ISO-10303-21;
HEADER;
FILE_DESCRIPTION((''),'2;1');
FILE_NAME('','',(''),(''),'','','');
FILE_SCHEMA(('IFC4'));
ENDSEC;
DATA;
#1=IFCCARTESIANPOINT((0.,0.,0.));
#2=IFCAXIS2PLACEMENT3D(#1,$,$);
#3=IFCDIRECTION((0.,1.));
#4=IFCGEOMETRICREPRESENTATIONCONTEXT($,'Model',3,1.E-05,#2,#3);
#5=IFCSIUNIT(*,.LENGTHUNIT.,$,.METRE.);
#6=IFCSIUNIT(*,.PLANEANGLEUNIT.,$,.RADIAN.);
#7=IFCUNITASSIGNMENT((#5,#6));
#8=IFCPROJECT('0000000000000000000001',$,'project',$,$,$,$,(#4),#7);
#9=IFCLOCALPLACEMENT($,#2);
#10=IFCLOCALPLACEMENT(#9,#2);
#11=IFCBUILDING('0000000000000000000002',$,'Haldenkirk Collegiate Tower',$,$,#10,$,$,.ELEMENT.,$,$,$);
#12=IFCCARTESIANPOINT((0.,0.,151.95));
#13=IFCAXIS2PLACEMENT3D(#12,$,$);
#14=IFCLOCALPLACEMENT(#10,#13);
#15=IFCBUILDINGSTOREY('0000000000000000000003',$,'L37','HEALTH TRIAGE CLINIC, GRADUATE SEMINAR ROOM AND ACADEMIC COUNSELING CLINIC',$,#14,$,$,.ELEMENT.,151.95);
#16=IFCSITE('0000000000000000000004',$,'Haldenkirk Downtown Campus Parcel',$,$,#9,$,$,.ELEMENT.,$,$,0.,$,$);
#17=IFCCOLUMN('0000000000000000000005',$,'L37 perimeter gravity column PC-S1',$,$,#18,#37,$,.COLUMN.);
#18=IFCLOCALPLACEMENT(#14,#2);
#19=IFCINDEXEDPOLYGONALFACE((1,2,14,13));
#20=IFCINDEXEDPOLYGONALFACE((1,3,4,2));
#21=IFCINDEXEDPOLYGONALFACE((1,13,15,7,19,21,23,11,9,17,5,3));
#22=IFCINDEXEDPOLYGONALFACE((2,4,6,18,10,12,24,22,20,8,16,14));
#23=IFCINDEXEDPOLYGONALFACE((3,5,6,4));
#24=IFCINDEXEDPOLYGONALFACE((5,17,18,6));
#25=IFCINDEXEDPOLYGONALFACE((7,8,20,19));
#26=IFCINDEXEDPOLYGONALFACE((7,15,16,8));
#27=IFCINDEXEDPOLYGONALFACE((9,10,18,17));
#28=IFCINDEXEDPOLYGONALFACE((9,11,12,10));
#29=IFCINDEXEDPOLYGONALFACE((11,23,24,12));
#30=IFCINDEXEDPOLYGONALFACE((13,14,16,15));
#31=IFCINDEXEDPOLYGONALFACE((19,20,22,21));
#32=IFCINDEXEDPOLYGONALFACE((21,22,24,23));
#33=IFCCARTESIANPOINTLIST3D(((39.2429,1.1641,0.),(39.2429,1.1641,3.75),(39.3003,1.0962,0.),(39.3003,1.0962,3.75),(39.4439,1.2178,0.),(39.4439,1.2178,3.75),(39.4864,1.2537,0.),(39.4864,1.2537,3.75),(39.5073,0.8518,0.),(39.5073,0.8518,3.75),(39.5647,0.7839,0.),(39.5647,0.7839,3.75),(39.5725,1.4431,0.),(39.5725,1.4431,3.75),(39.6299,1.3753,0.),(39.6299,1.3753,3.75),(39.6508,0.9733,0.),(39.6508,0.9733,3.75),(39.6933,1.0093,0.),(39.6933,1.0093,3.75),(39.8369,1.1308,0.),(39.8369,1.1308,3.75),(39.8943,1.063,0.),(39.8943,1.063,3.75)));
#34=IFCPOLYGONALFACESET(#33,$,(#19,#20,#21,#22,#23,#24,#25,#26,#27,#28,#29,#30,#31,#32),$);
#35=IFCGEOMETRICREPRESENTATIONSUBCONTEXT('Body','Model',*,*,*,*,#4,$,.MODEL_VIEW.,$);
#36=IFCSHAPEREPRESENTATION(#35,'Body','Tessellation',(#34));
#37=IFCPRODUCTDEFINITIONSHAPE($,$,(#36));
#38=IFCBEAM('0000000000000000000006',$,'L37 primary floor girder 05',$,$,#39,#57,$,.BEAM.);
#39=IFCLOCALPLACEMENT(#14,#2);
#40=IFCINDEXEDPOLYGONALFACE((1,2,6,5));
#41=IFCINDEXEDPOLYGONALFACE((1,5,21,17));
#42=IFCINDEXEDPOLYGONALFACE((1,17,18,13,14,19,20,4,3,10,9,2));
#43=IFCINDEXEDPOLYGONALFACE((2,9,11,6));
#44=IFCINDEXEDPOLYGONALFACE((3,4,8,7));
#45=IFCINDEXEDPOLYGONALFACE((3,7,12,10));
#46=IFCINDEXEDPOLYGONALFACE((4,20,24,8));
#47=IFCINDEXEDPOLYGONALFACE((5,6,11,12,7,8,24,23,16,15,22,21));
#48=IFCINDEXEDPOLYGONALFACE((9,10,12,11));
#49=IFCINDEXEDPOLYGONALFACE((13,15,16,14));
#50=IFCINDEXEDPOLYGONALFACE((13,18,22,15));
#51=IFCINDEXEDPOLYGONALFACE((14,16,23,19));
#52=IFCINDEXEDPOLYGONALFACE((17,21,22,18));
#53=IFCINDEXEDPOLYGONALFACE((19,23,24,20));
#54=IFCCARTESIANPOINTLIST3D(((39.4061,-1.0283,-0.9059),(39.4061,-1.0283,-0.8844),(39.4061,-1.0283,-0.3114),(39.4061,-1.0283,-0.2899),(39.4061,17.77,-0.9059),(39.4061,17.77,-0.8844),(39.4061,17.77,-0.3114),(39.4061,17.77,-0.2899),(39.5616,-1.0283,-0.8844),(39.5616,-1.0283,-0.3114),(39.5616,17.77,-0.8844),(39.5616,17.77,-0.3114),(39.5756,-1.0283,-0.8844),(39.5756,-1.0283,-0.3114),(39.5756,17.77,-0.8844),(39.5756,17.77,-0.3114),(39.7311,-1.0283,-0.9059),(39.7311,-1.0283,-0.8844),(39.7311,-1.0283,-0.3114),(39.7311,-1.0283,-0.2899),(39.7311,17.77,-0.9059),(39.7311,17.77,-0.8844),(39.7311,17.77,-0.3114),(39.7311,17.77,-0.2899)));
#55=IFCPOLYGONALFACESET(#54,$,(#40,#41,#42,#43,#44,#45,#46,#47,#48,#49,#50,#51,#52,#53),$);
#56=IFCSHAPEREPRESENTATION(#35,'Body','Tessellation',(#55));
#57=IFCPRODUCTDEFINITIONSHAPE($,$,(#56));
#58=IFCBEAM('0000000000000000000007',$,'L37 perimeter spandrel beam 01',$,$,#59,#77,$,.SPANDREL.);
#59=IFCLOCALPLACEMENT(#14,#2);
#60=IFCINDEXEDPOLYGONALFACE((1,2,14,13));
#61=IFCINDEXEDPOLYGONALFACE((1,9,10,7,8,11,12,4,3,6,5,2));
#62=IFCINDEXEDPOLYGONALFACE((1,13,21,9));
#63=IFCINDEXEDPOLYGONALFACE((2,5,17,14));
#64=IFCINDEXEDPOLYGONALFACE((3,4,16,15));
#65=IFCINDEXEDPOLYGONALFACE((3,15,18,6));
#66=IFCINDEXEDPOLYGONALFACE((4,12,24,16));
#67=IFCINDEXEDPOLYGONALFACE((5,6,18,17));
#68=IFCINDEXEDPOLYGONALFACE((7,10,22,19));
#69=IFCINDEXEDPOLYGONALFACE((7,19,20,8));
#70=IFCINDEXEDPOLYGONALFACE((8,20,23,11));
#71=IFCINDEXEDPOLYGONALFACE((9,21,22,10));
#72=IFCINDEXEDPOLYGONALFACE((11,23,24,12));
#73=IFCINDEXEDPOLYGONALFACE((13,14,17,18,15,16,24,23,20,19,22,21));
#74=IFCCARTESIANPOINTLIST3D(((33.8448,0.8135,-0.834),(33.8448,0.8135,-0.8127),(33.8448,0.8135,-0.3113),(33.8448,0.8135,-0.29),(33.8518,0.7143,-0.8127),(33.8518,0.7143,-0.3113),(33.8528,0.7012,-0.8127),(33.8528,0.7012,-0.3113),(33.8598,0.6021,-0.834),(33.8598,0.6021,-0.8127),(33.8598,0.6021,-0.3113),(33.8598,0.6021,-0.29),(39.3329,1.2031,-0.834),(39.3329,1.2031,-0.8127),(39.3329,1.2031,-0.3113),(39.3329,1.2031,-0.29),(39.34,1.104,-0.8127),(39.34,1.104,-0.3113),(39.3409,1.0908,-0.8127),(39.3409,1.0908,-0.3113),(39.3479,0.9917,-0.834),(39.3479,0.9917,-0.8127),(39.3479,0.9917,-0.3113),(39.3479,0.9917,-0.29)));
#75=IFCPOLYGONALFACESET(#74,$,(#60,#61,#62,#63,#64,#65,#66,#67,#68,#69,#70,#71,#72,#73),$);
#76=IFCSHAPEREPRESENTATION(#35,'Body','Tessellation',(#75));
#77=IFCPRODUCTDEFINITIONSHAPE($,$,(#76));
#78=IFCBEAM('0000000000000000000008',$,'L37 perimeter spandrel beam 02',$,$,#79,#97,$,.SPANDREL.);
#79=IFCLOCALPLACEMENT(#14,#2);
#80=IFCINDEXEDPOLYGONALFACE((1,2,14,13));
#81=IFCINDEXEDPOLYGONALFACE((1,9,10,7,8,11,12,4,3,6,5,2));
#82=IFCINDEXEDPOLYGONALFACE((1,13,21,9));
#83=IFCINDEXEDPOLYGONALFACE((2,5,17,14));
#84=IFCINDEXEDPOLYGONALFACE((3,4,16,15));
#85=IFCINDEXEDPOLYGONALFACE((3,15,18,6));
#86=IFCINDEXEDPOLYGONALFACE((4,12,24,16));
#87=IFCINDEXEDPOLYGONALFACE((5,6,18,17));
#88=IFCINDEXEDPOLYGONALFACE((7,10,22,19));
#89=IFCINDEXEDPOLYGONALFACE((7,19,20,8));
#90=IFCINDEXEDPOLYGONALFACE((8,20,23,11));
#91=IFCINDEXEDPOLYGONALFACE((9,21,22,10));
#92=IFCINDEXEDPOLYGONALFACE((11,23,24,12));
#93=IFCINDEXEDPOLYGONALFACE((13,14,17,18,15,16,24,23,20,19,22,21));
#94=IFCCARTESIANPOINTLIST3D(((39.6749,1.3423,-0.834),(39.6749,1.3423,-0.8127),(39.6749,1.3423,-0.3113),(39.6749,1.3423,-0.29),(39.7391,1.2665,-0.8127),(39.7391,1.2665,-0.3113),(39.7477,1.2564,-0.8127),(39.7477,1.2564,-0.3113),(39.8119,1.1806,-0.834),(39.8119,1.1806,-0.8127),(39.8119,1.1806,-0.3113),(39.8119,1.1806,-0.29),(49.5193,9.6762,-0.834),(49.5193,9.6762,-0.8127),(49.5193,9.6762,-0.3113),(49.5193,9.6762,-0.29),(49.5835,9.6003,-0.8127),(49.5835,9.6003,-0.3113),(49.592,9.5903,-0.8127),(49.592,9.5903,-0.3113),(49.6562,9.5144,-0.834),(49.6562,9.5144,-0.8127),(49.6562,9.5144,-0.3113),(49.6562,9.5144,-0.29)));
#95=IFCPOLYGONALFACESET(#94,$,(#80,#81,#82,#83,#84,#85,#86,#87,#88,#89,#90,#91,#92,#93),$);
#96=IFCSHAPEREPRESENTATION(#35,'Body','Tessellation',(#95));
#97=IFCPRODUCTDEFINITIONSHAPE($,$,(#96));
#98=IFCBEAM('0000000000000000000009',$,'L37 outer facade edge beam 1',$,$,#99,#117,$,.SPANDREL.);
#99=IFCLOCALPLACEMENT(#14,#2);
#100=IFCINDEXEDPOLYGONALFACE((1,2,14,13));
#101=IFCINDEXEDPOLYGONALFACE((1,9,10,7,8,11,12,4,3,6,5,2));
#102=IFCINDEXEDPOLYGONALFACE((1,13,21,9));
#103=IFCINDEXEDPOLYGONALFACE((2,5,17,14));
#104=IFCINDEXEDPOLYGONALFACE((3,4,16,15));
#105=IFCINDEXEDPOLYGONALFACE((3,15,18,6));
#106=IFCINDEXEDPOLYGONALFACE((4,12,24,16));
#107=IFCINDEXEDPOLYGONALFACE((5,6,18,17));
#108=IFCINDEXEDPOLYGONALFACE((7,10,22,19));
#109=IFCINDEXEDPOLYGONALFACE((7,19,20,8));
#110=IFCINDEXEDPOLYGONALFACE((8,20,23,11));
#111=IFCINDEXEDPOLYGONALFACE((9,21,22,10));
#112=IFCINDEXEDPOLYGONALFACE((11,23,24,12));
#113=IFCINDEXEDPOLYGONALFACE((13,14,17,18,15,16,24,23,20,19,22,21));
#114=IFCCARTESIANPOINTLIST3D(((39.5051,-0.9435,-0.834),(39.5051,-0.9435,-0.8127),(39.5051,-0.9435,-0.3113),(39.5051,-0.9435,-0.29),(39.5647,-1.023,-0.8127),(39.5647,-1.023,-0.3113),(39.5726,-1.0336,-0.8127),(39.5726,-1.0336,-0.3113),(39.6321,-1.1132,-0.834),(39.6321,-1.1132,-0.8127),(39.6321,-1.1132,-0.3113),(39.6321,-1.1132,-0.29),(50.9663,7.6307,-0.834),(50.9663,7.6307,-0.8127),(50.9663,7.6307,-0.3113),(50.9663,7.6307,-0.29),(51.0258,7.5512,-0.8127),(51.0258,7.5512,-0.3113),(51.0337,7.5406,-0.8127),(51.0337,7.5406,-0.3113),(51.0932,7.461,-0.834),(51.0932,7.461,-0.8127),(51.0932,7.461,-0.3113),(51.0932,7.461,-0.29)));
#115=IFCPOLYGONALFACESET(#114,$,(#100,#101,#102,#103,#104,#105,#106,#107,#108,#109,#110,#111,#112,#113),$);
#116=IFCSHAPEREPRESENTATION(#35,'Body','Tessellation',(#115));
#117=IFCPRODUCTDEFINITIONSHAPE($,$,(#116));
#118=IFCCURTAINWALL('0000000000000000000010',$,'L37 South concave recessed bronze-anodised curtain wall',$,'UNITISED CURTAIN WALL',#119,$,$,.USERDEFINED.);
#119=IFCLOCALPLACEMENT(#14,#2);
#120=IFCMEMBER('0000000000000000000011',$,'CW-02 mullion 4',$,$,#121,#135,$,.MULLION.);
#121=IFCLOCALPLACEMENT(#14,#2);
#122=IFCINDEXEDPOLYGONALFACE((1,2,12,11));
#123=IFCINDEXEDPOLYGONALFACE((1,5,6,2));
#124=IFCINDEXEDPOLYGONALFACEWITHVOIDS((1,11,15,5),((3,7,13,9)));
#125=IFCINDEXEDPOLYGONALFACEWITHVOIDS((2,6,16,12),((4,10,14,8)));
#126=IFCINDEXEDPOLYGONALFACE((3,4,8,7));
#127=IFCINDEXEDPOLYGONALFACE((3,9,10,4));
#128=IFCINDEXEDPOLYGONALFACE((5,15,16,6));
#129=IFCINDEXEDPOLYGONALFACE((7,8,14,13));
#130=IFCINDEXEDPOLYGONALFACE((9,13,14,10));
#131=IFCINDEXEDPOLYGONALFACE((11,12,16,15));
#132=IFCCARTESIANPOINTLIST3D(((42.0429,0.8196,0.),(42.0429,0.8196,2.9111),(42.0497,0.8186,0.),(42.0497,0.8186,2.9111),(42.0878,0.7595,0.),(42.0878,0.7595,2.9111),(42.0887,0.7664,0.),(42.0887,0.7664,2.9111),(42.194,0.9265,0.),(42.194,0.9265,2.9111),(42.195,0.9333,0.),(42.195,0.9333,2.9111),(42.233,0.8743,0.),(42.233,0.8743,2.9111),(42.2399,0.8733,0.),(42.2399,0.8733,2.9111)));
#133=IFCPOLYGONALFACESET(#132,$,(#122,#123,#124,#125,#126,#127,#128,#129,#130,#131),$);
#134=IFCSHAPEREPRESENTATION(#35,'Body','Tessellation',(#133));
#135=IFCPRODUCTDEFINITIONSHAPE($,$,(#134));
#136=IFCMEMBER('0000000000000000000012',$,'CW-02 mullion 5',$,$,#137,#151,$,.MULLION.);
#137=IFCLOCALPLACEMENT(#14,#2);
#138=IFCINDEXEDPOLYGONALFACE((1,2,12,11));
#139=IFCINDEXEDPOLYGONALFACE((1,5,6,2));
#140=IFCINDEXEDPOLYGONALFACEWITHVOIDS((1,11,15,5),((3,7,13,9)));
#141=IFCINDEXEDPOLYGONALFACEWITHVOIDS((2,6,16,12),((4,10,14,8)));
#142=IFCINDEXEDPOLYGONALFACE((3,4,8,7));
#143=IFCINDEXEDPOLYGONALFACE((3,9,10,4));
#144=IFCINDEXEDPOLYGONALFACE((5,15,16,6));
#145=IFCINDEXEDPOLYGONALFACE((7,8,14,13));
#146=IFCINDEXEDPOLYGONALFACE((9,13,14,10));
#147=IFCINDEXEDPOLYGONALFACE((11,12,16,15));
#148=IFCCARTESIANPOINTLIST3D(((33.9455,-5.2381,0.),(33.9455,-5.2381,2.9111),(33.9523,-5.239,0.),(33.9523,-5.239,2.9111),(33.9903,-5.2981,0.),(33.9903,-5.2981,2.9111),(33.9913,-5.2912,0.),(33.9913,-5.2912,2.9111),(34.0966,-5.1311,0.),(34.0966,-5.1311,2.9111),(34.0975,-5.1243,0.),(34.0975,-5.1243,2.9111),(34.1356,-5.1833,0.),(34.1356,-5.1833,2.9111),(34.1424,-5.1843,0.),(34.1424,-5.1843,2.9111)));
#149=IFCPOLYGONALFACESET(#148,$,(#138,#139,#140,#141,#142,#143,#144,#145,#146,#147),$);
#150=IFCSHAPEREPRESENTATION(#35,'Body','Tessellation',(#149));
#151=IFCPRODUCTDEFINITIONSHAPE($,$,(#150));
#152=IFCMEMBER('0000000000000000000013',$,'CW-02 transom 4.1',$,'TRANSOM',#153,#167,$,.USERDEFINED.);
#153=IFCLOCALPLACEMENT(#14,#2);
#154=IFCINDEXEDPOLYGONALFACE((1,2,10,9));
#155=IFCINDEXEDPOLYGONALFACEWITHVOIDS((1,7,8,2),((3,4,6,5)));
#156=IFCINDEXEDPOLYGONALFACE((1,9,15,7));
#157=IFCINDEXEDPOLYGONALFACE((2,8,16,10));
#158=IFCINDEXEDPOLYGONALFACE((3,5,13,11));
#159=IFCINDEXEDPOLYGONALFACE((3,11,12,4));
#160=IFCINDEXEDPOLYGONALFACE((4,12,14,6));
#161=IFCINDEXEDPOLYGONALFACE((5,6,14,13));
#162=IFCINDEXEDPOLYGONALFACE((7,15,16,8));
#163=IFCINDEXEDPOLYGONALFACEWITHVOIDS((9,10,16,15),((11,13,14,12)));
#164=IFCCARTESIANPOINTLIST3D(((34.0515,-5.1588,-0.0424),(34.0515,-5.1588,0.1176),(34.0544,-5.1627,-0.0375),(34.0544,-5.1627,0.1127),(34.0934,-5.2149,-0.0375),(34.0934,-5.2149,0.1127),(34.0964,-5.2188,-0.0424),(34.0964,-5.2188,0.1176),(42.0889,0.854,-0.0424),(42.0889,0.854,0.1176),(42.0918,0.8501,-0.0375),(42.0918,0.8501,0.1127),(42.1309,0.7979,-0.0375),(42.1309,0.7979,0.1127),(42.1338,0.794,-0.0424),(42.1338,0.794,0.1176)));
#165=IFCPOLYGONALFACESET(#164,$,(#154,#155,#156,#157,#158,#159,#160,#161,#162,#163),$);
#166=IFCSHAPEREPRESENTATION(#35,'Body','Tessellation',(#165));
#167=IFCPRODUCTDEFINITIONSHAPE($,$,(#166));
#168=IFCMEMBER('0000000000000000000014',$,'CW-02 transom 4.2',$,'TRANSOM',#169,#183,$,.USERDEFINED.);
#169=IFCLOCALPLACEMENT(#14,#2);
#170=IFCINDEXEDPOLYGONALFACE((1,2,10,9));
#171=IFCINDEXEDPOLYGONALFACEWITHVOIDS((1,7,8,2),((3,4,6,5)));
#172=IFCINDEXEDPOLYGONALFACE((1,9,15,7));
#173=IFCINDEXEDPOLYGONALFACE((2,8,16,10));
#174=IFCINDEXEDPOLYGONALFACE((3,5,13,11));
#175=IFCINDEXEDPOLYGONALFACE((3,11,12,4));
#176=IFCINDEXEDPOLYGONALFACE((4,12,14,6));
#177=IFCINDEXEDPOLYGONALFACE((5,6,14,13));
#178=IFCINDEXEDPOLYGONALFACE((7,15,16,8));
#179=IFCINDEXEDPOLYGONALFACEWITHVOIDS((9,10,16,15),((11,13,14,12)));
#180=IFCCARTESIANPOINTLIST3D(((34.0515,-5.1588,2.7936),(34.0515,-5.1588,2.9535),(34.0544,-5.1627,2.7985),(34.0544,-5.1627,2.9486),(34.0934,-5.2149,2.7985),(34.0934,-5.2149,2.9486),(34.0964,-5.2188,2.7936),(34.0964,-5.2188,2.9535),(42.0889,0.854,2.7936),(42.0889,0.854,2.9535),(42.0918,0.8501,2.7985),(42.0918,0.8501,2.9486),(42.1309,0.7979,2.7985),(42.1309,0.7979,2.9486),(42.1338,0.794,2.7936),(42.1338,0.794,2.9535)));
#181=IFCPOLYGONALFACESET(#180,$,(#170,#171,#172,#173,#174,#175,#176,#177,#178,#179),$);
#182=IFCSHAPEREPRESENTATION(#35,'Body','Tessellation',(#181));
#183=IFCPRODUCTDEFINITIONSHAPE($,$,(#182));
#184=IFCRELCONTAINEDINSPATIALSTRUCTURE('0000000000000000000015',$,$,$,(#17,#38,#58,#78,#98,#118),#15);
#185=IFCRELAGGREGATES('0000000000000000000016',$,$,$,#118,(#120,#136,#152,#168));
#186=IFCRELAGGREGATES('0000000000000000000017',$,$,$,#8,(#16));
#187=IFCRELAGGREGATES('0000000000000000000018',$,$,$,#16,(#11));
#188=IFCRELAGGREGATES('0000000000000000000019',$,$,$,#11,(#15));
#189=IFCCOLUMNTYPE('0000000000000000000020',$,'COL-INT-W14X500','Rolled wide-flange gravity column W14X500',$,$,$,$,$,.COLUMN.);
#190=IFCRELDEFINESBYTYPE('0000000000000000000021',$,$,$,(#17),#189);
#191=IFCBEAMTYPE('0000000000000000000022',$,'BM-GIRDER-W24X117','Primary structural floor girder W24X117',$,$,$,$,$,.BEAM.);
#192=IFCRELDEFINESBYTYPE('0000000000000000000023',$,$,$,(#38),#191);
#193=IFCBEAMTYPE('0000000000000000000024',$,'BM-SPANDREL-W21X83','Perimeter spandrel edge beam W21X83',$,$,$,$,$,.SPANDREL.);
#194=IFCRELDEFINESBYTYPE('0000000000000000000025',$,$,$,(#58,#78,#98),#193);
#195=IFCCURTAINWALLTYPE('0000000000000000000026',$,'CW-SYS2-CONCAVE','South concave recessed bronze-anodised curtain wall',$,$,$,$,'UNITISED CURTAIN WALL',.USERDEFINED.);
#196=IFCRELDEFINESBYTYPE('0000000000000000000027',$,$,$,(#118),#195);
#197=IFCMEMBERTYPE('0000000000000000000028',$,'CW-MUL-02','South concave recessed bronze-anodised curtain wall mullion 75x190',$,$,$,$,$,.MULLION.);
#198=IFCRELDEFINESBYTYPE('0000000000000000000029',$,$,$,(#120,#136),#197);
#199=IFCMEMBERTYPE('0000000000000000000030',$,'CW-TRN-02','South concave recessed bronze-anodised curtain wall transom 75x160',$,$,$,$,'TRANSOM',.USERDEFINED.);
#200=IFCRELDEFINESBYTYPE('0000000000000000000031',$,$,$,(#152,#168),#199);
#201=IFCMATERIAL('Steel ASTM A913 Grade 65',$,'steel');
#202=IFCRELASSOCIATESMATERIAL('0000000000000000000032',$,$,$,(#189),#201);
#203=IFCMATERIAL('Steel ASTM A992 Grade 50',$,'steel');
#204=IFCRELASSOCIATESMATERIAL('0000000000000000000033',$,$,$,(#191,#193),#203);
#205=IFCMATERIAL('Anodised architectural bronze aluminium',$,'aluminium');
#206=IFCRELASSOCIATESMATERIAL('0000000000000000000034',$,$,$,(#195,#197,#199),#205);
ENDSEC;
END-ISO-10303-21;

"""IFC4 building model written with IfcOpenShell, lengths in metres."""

from ifc_helpers import new_model, si_unit, direction, frame, origin, origin_2d, place, context, subcontext, project, spatial, hollow_rectangle, i_section, extrude, material, material_profile, profile_set, type_object, element, aggregate, save


model = new_model("IFC4")

# Units and contexts
model_context = context("Model", 3, precision=1e-05, world=origin(), true_north=direction((0.0, 1.0)))
body_context = subcontext(model_context, "Body", "Model", "MODEL_VIEW")
ifc_project = project(units=[si_unit("LENGTHUNIT", "METRE"), si_unit("PLANEANGLEUNIT", "RADIAN")], contexts=[model_context])

# Site, building, storey
site_placement = place(None, origin())
site = spatial("IfcSite", under=ifc_project, at=site_placement, Name="Haldenkirk Downtown Campus Parcel", CompositionType="ELEMENT", RefElevation=0.0)
building_placement = place(site_placement, origin())
building = spatial("IfcBuilding", under=site, at=building_placement, Name="Haldenkirk Collegiate Tower", CompositionType="ELEMENT")
storey_placement = place(building_placement, frame((0.0, 0.0, 151.95)))
storey = spatial("IfcBuildingStorey", under=building, at=storey_placement, Name="L37", Description="HEALTH TRIAGE CLINIC, GRADUATE SEMINAR ROOM AND ACADEMIC COUNSELING CLINIC", CompositionType="ELEMENT", Elevation=151.95)

# Column
ifc_material_1 = material(Name="Steel ASTM A913 Grade 65", Category="steel")
ifc_material_profile_1 = material_profile(ifc_material_1, i_section(OverallWidth=0.4319, OverallDepth=0.498, WebThickness=0.0557, FlangeThickness=0.0889, at=origin_2d()), Name="W14X500")
ifc_profile_set_1 = profile_set([ifc_material_profile_1], Name="Steel ASTM A913 Grade 65")
column_type = type_object("IfcColumnType", Name="COL-INT-W14X500", Description="Rolled wide-flange gravity column W14X500", PredefinedType="COLUMN", material=ifc_profile_set_1)
column_placement = place(storey_placement, frame((39.5686, 1.1135, 0.0), z_axis=(0.0, 0.0, 1.0), x_axis=(0.763232, 0.646124, 0.0)))
element("IfcColumn", 1, at=column_placement, inside=storey, type_object=column_type, Name="L37 perimeter gravity column PC-S1", PredefinedType="COLUMN", context=body_context, shape_type="SweptSolid", body=[
    extrude(i_section(OverallWidth=0.4319, OverallDepth=0.498, WebThickness=0.0557, FlangeThickness=0.0889, at=origin_2d()), origin(), (0.0, 0.0, 1.0), 3.75),
])

# Beams
ifc_material_2 = material(Name="Steel ASTM A992 Grade 50", Category="steel")
ifc_material_profile_2 = material_profile(ifc_material_2, i_section(OverallWidth=0.325, OverallDepth=0.616, WebThickness=0.0139, FlangeThickness=0.0215, at=origin_2d()), Name="W24X117")
ifc_profile_set_2 = profile_set([ifc_material_profile_2], Name="Steel ASTM A992 Grade 50")
beam_type_1 = type_object("IfcBeamType", Name="BM-GIRDER-W24X117", Description="Primary structural floor girder W24X117", PredefinedType="BEAM", material=ifc_profile_set_2)
beam_1_placement = place(storey_placement, frame((39.5686, -1.0283, -0.5979), z_axis=(0.0, 1.0, 0.0), x_axis=(-1.0, 0.0, 0.0)))
element("IfcBeam", 2, at=beam_1_placement, inside=storey, type_object=beam_type_1, Name="L37 primary floor girder 05", PredefinedType="BEAM", context=body_context, shape_type="SweptSolid", body=[
    extrude(i_section(OverallWidth=0.325, OverallDepth=0.616, WebThickness=0.0139, FlangeThickness=0.0215, at=origin_2d()), origin(), (0.0, 0.0, 1.0), 18.7983),
])
ifc_material_profile_3 = material_profile(ifc_material_2, i_section(OverallWidth=0.2119, OverallDepth=0.5439, WebThickness=0.0132, FlangeThickness=0.0212, at=origin_2d()), Name="W21X83")
ifc_profile_set_3 = profile_set([ifc_material_profile_3], Name="Steel ASTM A992 Grade 50")
beam_type_2 = type_object("IfcBeamType", Name="BM-SPANDREL-W21X83", Description="Perimeter spandrel edge beam W21X83", PredefinedType="SPANDREL", material=ifc_profile_set_3)
beam_2_placement = place(storey_placement, frame((33.8523, 0.7078, -0.562), z_axis=(0.997489, 0.070821, 0.0), x_axis=(-0.070821, 0.997489, 0.0)))
element("IfcBeam", 3, at=beam_2_placement, inside=storey, type_object=beam_type_2, Name="L37 perimeter spandrel beam 01", PredefinedType="SPANDREL", context=body_context, shape_type="SweptSolid", body=[
    extrude(i_section(OverallWidth=0.2119, OverallDepth=0.5439, WebThickness=0.0132, FlangeThickness=0.0212, at=origin_2d()), origin(), (0.0, 0.0, 1.0), 5.502),
])
beam_3_placement = place(storey_placement, frame((39.7434, 1.2615, -0.562), z_axis=(0.763233, 0.646123, 0.0), x_axis=(-0.646123, 0.763233, 0.0)))
element("IfcBeam", 4, at=beam_3_placement, inside=storey, type_object=beam_type_2, Name="L37 perimeter spandrel beam 02", PredefinedType="SPANDREL", context=body_context, shape_type="SweptSolid", body=[
    extrude(i_section(OverallWidth=0.2119, OverallDepth=0.5439, WebThickness=0.0132, FlangeThickness=0.0212, at=origin_2d()), origin(), (0.0, 0.0, 1.0), 12.8982),
])
beam_4_placement = place(storey_placement, frame((39.5686, -1.0283, -0.562), z_axis=(0.800726, 0.599031, 0.0), x_axis=(-0.599031, 0.800726, 0.0)))
element("IfcBeam", 5, at=beam_4_placement, inside=storey, type_object=beam_type_2, Name="L37 outer facade edge beam 1", PredefinedType="SPANDREL", context=body_context, shape_type="SweptSolid", body=[
    extrude(i_section(OverallWidth=0.2119, OverallDepth=0.5439, WebThickness=0.0132, FlangeThickness=0.0212, at=origin_2d()), origin(), (0.0, 0.0, 1.0), 14.3135),
])

# Curtain wall, members
ifc_material_3 = material(Name="Anodised architectural bronze aluminium", Category="aluminium")
curtain_wall_type = type_object("IfcCurtainWallType", Name="CW-SYS2-CONCAVE", Description="South concave recessed bronze-anodised curtain wall", ElementType="UNITISED CURTAIN WALL", PredefinedType="USERDEFINED", material=ifc_material_3)
curtain_wall_placement = place(storey_placement, origin())
curtain_wall = element("IfcCurtainWall", 6, at=curtain_wall_placement, inside=storey, type_object=curtain_wall_type, Name="L37 South concave recessed bronze-anodised curtain wall", ObjectType="UNITISED CURTAIN WALL", PredefinedType="USERDEFINED")
ifc_material_profile_4 = material_profile(ifc_material_3, hollow_rectangle(XDim=0.075, YDim=0.1899, WallThickness=0.0049, at=origin_2d()), Name="CW-MUL-02")
ifc_profile_set_4 = profile_set([ifc_material_profile_4], Name="Anodised architectural bronze aluminium")
member_type_1 = type_object("IfcMemberType", Name="CW-MUL-02", Description="South concave recessed bronze-anodised curtain wall mullion 75x190", PredefinedType="MULLION", material=ifc_profile_set_4)
member_1_placement = place(storey_placement, frame((42.1414, 0.8464, 0.0), z_axis=(0.0, 0.0, 1.0), x_axis=(0.599025, -0.80073, 0.0)))
member_1 = element("IfcMember", 7, at=member_1_placement, type_object=member_type_1, Name="CW-02 mullion 4", PredefinedType="MULLION", context=body_context, shape_type="SweptSolid", body=[
    extrude(hollow_rectangle(XDim=0.075, YDim=0.1899, WallThickness=0.0049, at=origin_2d()), origin(), (0.0, 0.0, 1.0), 2.9111),
])
member_2_placement = place(storey_placement, frame((34.0439, -5.2112, 0.0), z_axis=(0.0, 0.0, 1.0), x_axis=(0.599025, -0.80073, 0.0)))
member_2 = element("IfcMember", 8, at=member_2_placement, type_object=member_type_1, Name="CW-02 mullion 5", PredefinedType="MULLION", context=body_context, shape_type="SweptSolid", body=[
    extrude(hollow_rectangle(XDim=0.075, YDim=0.1899, WallThickness=0.0049, at=origin_2d()), origin(), (0.0, 0.0, 1.0), 2.9111),
])
ifc_material_profile_5 = material_profile(ifc_material_3, hollow_rectangle(XDim=0.075, YDim=0.1599, WallThickness=0.0049, at=origin_2d()), Name="CW-TRN-02")
ifc_profile_set_5 = profile_set([ifc_material_profile_5], Name="Anodised architectural bronze aluminium")
member_type_2 = type_object("IfcMemberType", Name="CW-TRN-02", Description="South concave recessed bronze-anodised curtain wall transom 75x160", ElementType="TRANSOM", PredefinedType="USERDEFINED", material=ifc_profile_set_5)
member_3_placement = place(storey_placement, frame((42.1113, 0.824, 0.0376), z_axis=(-0.800732, -0.599023, 0.0), x_axis=(0.599023, -0.800732, 0.0)))
member_3 = element("IfcMember", 9, at=member_3_placement, type_object=member_type_2, Name="CW-02 transom 4.1", ObjectType="TRANSOM", PredefinedType="USERDEFINED", context=body_context, shape_type="SweptSolid", body=[
    extrude(hollow_rectangle(XDim=0.075, YDim=0.1599, WallThickness=0.0049, at=origin_2d()), origin(), (0.0, 0.0, 1.0), 10.0376),
])
member_4_placement = place(storey_placement, frame((42.1113, 0.824, 2.8735), z_axis=(-0.800732, -0.599023, 0.0), x_axis=(0.599023, -0.800732, 0.0)))
member_4 = element("IfcMember", 10, at=member_4_placement, type_object=member_type_2, Name="CW-02 transom 4.2", ObjectType="TRANSOM", PredefinedType="USERDEFINED", context=body_context, shape_type="SweptSolid", body=[
    extrude(hollow_rectangle(XDim=0.075, YDim=0.1599, WallThickness=0.0049, at=origin_2d()), origin(), (0.0, 0.0, 1.0), 10.0376),
])
aggregate(curtain_wall, [member_1, member_2, member_3, member_4])

save(model, "model.ifc")
